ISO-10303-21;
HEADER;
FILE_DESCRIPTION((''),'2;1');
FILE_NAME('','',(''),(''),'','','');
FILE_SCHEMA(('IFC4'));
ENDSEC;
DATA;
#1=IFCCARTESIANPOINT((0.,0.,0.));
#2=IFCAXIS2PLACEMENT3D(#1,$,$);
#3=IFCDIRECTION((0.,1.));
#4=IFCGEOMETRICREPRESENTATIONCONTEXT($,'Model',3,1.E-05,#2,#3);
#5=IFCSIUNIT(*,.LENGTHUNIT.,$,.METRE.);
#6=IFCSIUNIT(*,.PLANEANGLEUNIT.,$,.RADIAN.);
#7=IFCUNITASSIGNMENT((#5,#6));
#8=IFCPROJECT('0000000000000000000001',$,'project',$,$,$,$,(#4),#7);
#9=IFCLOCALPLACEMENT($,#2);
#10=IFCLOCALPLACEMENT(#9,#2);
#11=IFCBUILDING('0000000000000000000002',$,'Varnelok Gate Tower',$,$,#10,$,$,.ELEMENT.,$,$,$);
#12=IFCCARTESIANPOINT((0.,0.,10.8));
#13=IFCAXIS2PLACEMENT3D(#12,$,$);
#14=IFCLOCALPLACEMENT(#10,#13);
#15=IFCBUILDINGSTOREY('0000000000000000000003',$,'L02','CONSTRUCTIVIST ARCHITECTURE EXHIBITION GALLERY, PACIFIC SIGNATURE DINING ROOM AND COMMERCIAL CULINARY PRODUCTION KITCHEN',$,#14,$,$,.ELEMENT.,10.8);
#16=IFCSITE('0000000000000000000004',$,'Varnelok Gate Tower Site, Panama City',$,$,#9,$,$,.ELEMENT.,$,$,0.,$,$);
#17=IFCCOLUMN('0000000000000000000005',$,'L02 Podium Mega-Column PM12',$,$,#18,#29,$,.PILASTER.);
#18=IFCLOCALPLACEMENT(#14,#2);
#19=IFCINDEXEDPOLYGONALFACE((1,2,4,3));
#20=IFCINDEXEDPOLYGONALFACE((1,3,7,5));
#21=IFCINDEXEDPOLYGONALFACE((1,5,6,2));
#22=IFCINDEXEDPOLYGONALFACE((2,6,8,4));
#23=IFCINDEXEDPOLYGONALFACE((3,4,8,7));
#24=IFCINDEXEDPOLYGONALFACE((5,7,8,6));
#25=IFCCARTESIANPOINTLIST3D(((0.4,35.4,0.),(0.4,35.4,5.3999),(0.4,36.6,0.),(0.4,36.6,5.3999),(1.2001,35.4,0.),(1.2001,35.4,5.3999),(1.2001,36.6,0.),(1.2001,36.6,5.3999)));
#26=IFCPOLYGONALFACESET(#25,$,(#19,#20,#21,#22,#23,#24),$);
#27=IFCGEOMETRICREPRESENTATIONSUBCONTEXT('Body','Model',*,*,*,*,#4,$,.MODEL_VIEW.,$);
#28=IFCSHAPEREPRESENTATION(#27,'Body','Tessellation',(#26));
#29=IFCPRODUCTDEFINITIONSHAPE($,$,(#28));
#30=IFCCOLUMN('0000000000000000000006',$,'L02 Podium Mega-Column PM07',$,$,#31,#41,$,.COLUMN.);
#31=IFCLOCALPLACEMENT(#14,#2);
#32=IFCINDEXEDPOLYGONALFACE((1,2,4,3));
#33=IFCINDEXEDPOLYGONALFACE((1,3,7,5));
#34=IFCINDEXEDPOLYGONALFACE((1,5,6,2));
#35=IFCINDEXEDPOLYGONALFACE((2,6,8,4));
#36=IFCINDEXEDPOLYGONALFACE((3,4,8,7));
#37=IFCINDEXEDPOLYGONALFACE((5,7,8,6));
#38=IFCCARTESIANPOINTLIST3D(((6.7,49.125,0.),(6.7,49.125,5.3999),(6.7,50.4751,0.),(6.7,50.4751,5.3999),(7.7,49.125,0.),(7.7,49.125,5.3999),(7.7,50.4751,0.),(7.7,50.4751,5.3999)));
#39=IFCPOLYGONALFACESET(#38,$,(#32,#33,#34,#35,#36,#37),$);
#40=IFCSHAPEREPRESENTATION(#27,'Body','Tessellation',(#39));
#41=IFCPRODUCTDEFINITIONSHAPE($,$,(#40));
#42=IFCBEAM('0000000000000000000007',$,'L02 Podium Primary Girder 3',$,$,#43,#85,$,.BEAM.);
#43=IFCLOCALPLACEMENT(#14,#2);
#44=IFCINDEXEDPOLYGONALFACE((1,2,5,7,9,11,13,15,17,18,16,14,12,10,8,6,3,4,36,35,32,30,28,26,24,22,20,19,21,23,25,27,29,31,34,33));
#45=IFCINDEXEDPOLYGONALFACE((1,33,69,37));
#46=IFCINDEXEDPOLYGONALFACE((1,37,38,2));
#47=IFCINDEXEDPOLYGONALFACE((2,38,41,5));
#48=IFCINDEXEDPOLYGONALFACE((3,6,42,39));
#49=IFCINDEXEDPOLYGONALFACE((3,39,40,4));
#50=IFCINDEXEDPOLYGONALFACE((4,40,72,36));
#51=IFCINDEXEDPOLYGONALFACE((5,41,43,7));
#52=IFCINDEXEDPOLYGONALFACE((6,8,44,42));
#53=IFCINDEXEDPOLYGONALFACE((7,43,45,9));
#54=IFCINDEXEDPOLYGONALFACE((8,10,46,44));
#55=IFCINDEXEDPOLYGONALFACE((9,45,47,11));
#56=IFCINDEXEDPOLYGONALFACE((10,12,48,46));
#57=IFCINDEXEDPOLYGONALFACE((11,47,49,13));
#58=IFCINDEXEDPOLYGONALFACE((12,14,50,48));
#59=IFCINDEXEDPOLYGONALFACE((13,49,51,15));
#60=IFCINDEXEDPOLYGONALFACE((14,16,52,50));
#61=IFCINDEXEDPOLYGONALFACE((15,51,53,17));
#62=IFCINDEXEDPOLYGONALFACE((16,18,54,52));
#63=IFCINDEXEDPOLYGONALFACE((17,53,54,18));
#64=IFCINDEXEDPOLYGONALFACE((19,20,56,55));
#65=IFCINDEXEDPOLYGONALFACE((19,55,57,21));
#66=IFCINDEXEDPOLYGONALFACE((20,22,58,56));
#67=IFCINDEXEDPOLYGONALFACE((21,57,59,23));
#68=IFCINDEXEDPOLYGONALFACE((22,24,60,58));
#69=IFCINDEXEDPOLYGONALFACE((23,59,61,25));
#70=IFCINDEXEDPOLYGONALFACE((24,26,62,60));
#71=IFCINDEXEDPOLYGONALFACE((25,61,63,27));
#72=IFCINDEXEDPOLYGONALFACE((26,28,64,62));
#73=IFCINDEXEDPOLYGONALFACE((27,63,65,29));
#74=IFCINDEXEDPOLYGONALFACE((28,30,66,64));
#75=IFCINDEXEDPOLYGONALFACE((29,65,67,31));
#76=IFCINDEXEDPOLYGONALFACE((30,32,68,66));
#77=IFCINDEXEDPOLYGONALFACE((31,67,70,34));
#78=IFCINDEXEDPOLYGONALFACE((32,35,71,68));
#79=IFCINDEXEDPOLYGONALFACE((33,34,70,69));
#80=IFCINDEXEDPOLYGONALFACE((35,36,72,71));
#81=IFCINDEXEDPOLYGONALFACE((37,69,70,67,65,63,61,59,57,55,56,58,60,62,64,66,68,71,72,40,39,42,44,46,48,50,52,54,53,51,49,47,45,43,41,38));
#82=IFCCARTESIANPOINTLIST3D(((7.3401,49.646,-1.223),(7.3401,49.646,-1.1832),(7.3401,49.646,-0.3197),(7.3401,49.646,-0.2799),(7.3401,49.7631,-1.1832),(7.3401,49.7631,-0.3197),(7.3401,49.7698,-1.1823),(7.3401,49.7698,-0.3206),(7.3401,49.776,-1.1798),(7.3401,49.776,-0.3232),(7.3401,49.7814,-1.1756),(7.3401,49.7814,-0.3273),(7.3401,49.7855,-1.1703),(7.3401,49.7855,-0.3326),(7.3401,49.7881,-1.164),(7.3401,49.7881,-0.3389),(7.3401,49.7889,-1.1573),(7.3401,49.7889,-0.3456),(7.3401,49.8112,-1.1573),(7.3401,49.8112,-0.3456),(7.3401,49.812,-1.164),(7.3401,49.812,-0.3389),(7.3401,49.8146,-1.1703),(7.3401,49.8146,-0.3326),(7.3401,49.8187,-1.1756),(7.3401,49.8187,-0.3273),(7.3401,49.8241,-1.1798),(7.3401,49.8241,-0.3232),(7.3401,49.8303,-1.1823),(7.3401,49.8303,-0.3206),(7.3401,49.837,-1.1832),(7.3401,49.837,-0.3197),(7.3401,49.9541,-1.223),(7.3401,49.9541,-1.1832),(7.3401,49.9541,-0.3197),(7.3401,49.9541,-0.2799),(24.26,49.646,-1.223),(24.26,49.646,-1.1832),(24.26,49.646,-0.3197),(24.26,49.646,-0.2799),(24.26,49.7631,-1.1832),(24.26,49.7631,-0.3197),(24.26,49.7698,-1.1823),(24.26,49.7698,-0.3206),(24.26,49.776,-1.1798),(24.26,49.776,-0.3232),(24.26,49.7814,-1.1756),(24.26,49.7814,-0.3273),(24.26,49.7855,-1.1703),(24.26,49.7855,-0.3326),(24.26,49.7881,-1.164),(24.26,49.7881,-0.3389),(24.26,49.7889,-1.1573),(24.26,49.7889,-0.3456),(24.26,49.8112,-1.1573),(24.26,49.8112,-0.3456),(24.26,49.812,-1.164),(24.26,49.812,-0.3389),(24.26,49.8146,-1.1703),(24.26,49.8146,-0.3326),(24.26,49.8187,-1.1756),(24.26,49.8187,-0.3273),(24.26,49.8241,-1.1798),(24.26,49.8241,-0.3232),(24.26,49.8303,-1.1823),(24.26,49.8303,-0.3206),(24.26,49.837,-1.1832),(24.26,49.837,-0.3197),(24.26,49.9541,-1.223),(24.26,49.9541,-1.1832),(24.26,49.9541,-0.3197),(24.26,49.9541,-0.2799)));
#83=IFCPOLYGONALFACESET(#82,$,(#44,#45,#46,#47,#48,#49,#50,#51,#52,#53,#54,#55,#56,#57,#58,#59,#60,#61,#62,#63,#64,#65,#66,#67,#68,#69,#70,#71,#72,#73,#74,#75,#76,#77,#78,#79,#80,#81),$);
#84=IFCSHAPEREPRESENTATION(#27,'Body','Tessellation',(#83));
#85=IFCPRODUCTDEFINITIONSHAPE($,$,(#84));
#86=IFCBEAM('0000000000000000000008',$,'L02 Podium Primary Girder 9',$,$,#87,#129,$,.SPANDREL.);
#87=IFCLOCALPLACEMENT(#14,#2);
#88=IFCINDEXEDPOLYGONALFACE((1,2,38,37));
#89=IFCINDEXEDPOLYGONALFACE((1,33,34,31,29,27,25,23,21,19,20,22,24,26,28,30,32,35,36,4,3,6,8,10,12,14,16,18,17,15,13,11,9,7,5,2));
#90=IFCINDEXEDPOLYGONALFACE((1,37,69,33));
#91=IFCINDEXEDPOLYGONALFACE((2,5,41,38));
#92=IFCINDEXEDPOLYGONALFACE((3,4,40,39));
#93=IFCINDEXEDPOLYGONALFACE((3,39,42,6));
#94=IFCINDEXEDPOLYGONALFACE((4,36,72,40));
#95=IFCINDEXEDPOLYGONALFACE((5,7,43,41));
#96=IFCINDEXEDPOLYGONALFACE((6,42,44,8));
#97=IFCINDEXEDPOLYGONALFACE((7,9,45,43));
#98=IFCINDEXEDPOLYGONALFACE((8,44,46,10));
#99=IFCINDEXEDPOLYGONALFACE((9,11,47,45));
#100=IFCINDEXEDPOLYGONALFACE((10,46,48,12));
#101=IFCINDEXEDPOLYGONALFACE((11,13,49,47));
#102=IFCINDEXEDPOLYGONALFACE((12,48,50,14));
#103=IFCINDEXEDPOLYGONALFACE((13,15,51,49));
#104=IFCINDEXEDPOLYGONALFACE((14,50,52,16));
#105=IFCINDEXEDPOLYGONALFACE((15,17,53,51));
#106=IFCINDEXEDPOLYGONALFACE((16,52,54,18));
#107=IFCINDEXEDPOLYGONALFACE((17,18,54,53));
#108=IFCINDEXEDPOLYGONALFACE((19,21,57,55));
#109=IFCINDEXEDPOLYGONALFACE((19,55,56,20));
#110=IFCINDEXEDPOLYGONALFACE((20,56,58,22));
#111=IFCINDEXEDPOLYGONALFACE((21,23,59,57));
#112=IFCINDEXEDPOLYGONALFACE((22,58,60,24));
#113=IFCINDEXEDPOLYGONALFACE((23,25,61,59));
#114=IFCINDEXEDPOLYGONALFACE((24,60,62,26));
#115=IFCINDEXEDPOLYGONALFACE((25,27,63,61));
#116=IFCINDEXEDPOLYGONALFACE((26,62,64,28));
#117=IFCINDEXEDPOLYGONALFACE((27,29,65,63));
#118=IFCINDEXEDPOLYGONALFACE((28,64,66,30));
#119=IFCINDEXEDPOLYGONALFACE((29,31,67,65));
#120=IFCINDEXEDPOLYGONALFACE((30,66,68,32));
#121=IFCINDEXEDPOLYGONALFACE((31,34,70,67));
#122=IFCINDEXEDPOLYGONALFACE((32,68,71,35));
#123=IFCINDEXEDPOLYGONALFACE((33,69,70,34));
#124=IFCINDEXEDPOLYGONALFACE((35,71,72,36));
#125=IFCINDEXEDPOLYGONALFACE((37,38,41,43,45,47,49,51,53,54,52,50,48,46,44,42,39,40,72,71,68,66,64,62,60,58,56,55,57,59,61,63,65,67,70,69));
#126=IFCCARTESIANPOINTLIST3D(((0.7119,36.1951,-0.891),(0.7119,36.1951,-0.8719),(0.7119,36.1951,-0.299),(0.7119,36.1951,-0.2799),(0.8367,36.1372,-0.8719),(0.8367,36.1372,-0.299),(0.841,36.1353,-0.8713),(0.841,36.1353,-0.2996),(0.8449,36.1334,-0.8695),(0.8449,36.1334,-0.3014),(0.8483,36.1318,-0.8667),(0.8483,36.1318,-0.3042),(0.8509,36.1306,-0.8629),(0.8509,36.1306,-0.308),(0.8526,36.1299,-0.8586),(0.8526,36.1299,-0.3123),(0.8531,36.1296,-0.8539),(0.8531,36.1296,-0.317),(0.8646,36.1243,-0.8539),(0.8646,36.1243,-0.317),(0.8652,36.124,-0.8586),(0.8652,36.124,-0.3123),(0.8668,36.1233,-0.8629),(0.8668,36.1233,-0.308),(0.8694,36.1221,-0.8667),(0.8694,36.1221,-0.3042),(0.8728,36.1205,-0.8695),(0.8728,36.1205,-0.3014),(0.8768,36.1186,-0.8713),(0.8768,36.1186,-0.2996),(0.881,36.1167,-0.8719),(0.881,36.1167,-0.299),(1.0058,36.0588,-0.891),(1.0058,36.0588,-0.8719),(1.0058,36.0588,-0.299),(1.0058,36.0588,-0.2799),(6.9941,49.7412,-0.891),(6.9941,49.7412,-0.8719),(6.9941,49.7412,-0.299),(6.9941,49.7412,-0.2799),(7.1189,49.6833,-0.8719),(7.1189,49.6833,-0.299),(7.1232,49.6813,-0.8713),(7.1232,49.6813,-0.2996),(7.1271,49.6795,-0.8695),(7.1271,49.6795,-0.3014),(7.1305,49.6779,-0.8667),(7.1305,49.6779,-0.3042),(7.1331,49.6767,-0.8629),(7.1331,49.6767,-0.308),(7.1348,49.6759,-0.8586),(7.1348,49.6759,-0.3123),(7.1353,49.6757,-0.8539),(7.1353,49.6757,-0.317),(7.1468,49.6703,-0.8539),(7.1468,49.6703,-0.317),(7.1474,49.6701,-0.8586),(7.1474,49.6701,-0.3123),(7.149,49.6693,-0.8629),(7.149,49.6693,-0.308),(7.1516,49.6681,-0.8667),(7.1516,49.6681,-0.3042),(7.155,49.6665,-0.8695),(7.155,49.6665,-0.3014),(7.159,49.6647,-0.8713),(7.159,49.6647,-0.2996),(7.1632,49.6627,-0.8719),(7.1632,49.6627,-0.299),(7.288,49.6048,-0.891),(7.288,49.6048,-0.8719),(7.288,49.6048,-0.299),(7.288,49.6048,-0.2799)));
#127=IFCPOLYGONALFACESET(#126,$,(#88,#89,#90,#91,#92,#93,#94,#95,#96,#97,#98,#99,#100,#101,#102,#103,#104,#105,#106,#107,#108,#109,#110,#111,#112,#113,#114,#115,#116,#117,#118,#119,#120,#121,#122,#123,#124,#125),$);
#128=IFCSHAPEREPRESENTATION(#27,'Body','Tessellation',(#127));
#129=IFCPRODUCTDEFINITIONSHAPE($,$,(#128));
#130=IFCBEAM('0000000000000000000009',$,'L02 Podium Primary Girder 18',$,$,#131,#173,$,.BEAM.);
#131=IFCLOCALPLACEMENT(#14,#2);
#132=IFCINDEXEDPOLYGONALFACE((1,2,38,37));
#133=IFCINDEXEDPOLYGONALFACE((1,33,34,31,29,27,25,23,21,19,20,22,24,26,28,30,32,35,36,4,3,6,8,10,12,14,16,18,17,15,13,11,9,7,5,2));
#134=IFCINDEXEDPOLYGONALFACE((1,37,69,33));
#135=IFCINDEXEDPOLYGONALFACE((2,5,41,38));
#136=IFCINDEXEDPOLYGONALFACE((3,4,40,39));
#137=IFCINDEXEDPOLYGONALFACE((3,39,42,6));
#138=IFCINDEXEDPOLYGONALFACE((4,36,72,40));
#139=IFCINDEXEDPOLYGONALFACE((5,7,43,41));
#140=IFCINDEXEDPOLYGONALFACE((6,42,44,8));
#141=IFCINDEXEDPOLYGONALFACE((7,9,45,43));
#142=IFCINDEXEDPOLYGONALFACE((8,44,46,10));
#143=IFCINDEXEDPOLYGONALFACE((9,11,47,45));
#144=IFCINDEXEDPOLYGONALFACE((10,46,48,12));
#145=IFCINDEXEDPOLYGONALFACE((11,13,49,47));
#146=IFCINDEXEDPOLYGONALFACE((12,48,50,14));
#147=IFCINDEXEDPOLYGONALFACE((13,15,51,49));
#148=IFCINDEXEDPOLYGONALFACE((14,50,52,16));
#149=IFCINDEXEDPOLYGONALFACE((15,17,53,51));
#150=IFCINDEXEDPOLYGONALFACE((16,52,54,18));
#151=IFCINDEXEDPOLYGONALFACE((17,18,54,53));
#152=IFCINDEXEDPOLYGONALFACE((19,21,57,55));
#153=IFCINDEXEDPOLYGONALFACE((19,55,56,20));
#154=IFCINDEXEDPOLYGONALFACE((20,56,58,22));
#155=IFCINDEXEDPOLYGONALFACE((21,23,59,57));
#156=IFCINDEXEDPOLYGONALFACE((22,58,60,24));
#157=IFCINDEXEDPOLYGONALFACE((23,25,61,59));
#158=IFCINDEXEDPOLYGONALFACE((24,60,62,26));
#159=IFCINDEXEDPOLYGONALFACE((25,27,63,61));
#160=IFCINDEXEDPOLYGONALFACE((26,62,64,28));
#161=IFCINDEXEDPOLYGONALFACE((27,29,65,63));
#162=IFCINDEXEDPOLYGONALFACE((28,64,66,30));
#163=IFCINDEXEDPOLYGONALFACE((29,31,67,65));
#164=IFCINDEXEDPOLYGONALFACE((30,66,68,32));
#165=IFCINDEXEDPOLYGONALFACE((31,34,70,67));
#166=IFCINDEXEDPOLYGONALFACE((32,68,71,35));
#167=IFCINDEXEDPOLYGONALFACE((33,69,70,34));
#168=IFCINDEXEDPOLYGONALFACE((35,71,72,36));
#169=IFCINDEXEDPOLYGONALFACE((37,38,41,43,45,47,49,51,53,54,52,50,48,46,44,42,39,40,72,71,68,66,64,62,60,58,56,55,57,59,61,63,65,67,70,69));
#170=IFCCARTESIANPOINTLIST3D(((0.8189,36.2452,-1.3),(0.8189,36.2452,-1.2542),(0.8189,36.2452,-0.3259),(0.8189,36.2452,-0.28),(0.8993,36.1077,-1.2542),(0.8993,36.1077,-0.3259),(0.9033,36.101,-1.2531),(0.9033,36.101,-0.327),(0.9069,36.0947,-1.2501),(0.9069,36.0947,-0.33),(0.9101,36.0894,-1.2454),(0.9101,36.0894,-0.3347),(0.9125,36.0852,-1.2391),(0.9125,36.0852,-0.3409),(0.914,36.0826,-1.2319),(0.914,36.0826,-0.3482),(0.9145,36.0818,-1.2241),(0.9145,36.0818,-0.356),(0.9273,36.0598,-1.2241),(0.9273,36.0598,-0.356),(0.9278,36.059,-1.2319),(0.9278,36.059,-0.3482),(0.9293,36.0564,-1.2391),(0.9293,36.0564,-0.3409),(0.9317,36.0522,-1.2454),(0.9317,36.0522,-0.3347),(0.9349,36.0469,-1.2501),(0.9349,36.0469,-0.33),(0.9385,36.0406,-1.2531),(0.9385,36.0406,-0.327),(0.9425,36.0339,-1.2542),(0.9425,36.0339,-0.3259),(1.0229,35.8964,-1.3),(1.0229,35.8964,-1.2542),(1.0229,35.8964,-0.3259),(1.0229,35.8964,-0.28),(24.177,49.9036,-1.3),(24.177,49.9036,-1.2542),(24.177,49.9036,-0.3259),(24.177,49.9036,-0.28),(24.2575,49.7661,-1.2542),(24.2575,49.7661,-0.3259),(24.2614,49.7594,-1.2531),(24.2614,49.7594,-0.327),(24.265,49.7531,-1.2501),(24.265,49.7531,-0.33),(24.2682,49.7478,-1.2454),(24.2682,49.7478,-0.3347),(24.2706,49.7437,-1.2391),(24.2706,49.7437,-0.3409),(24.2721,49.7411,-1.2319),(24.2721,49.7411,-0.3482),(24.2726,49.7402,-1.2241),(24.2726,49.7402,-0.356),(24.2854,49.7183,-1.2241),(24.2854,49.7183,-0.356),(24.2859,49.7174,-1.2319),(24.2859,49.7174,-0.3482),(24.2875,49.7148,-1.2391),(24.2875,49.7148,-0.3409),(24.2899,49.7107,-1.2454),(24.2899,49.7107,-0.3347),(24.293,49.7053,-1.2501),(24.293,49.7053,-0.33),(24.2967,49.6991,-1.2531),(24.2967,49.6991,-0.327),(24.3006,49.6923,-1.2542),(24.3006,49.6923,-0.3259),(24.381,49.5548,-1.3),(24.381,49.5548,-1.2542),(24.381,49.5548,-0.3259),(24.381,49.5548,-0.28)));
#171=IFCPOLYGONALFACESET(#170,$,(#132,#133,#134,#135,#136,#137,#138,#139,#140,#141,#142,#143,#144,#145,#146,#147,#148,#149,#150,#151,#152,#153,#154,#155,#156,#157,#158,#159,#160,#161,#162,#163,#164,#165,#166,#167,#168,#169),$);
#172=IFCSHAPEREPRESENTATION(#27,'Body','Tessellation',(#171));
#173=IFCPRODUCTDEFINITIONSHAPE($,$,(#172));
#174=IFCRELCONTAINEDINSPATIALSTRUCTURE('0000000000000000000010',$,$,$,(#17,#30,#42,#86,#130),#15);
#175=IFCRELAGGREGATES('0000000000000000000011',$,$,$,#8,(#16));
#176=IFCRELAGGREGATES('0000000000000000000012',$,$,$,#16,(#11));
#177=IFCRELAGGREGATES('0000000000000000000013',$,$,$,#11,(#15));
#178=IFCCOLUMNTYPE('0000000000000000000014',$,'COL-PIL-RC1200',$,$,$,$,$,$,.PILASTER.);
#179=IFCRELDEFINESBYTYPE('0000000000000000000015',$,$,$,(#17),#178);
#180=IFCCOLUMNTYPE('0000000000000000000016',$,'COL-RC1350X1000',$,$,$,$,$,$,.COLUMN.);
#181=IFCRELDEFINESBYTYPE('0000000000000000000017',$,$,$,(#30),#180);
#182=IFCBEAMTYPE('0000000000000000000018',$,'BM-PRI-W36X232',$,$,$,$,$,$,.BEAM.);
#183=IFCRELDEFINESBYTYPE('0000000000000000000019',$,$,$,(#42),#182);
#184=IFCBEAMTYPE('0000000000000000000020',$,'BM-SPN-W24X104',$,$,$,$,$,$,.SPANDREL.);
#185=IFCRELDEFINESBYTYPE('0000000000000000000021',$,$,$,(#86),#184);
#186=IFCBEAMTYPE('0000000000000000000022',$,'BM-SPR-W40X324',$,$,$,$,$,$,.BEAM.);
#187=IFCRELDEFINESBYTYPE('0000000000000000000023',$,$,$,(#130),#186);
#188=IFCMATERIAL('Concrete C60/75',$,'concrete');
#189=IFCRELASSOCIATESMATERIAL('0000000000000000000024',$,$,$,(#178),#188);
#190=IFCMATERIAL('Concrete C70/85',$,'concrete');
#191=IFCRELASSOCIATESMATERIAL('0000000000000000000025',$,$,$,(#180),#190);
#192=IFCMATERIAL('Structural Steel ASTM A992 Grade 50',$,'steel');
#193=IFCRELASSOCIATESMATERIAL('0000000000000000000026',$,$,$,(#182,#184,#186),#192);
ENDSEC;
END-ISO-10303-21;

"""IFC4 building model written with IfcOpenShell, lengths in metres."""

from ifc_helpers import new_model, si_unit, direction, frame, origin, origin_2d, place, context, subcontext, project, spatial, rectangle, i_section, extrude, material, material_profile, profile_set, type_object, element, save


model = new_model("IFC4")

# Units and contexts
model_context = context("Model", 3, precision=1e-05, world=origin(), true_north=direction((0.0, 1.0)))
body_context = subcontext(model_context, "Body", "Model", "MODEL_VIEW")
ifc_project = project(units=[si_unit("LENGTHUNIT", "METRE"), si_unit("PLANEANGLEUNIT", "RADIAN")], contexts=[model_context])

# Site, building, storey
site_placement = place(None, origin())
site = spatial("IfcSite", under=ifc_project, at=site_placement, Name="Varnelok Gate Tower Site, Panama City", CompositionType="ELEMENT", RefElevation=0.0)
building_placement = place(site_placement, origin())
building = spatial("IfcBuilding", under=site, at=building_placement, Name="Varnelok Gate Tower", CompositionType="ELEMENT")
storey_placement = place(building_placement, frame((0.0, 0.0, 10.8)))
storey = spatial("IfcBuildingStorey", under=building, at=storey_placement, Name="L02", Description="CONSTRUCTIVIST ARCHITECTURE EXHIBITION GALLERY, PACIFIC SIGNATURE DINING ROOM AND COMMERCIAL CULINARY PRODUCTION KITCHEN", CompositionType="ELEMENT", Elevation=10.8)

# Columns
ifc_material_1 = material(Name="Concrete C60/75", Category="concrete")
ifc_material_profile_1 = material_profile(ifc_material_1, rectangle(XDim=0.8, YDim=1.2, at=origin_2d()), Name="RC1200X800")
ifc_profile_set_1 = profile_set([ifc_material_profile_1], Name="Concrete C60/75")
column_type_1 = type_object("IfcColumnType", Name="COL-PIL-RC1200", PredefinedType="PILASTER", material=ifc_profile_set_1)
column_1_placement = place(storey_placement, frame((0.8, 36.0, 0.0), z_axis=(0.0, 0.0, 1.0), x_axis=(1.0, 0.0, 0.0)))
element("IfcColumn", 1, at=column_1_placement, inside=storey, type_object=column_type_1, Name="L02 Podium Mega-Column PM12", PredefinedType="PILASTER", context=body_context, shape_type="SweptSolid", body=[
    extrude(rectangle(XDim=0.8, YDim=1.2, at=origin_2d()), origin(), (0.0, 0.0, 1.0), 5.3999),
])
ifc_material_2 = material(Name="Concrete C70/85", Category="concrete")
ifc_material_profile_2 = material_profile(ifc_material_2, rectangle(XDim=1.0, YDim=1.3501, at=origin_2d()), Name="RC1350X1000")
ifc_profile_set_2 = profile_set([ifc_material_profile_2], Name="Concrete C70/85")
column_type_2 = type_object("IfcColumnType", Name="COL-RC1350X1000", PredefinedType="COLUMN", material=ifc_profile_set_2)
column_2_placement = place(storey_placement, frame((7.2, 49.8, 0.0), z_axis=(0.0, 0.0, 1.0), x_axis=(1.0, 0.0, 0.0)))
element("IfcColumn", 2, at=column_2_placement, inside=storey, type_object=column_type_2, Name="L02 Podium Mega-Column PM07", PredefinedType="COLUMN", context=body_context, shape_type="SweptSolid", body=[
    extrude(rectangle(XDim=1.0, YDim=1.3501, at=origin_2d()), origin(), (0.0, 0.0, 1.0), 5.3999),
])

# Beams
ifc_material_3 = material(Name="Structural Steel ASTM A992 Grade 50", Category="steel")
ifc_material_profile_3 = material_profile(ifc_material_3, i_section(OverallWidth=0.3081, OverallDepth=0.9431, WebThickness=0.0222, FlangeThickness=0.0398, FilletRadius=0.0259, at=origin_2d()), Name="W36X232")
ifc_profile_set_3 = profile_set([ifc_material_profile_3], Name="Structural Steel ASTM A992 Grade 50")
beam_type_1 = type_object("IfcBeamType", Name="BM-PRI-W36X232", PredefinedType="BEAM", material=ifc_profile_set_3)
beam_1_placement = place(storey_placement, frame((7.3401, 49.8, -0.7515), z_axis=(1.0, 0.0, 0.0), x_axis=(0.0, 1.0, 0.0)))
element("IfcBeam", 3, at=beam_1_placement, inside=storey, type_object=beam_type_1, Name="L02 Podium Primary Girder 3", PredefinedType="BEAM", context=body_context, shape_type="SweptSolid", body=[
    extrude(i_section(OverallWidth=0.3081, OverallDepth=0.9431, WebThickness=0.0222, FlangeThickness=0.0398, FilletRadius=0.0259, at=origin_2d()), origin(), (0.0, 0.0, 1.0), 16.9199),
])
ifc_material_profile_4 = material_profile(ifc_material_3, i_section(OverallWidth=0.324, OverallDepth=0.6111, WebThickness=0.0127, FlangeThickness=0.019, FilletRadius=0.0181, at=origin_2d()), Name="W24X104")
ifc_profile_set_4 = profile_set([ifc_material_profile_4], Name="Structural Steel ASTM A992 Grade 50")
beam_type_2 = type_object("IfcBeamType", Name="BM-SPN-W24X104", PredefinedType="SPANDREL", material=ifc_profile_set_4)
beam_2_placement = place(storey_placement, frame((0.8589, 36.127, -0.5854), z_axis=(0.420723, 0.907189, 0.0), x_axis=(-0.907189, 0.420723, 0.0)))
element("IfcBeam", 4, at=beam_2_placement, inside=storey, type_object=beam_type_2, Name="L02 Podium Primary Girder 9", PredefinedType="SPANDREL", context=body_context, shape_type="SweptSolid", body=[
    extrude(i_section(OverallWidth=0.324, OverallDepth=0.6111, WebThickness=0.0127, FlangeThickness=0.019, FilletRadius=0.0181, at=origin_2d()), origin(), (0.0, 0.0, 1.0), 14.9319),
])
ifc_material_profile_5 = material_profile(ifc_material_3, i_section(OverallWidth=0.4041, OverallDepth=1.02, WebThickness=0.0254, FlangeThickness=0.0459, FilletRadius=0.03, at=origin_2d()), Name="W40X324")
ifc_profile_set_5 = profile_set([ifc_material_profile_5], Name="Structural Steel ASTM A992 Grade 50")
beam_type_3 = type_object("IfcBeamType", Name="BM-SPR-W40X324", PredefinedType="BEAM", material=ifc_profile_set_5)
beam_3_placement = place(storey_placement, frame((0.9209, 36.0708, -0.79), z_axis=(0.86325, 0.504777, 0.0), x_axis=(-0.504777, 0.86325, 0.0)))
element("IfcBeam", 5, at=beam_3_placement, inside=storey, type_object=beam_type_3, Name="L02 Podium Primary Girder 18", PredefinedType="BEAM", context=body_context, shape_type="SweptSolid", body=[
    extrude(i_section(OverallWidth=0.4041, OverallDepth=1.02, WebThickness=0.0254, FlangeThickness=0.0459, FilletRadius=0.03, at=origin_2d()), origin(), (0.0, 0.0, 1.0), 27.0583),
])

save(model, "model.ifc")
